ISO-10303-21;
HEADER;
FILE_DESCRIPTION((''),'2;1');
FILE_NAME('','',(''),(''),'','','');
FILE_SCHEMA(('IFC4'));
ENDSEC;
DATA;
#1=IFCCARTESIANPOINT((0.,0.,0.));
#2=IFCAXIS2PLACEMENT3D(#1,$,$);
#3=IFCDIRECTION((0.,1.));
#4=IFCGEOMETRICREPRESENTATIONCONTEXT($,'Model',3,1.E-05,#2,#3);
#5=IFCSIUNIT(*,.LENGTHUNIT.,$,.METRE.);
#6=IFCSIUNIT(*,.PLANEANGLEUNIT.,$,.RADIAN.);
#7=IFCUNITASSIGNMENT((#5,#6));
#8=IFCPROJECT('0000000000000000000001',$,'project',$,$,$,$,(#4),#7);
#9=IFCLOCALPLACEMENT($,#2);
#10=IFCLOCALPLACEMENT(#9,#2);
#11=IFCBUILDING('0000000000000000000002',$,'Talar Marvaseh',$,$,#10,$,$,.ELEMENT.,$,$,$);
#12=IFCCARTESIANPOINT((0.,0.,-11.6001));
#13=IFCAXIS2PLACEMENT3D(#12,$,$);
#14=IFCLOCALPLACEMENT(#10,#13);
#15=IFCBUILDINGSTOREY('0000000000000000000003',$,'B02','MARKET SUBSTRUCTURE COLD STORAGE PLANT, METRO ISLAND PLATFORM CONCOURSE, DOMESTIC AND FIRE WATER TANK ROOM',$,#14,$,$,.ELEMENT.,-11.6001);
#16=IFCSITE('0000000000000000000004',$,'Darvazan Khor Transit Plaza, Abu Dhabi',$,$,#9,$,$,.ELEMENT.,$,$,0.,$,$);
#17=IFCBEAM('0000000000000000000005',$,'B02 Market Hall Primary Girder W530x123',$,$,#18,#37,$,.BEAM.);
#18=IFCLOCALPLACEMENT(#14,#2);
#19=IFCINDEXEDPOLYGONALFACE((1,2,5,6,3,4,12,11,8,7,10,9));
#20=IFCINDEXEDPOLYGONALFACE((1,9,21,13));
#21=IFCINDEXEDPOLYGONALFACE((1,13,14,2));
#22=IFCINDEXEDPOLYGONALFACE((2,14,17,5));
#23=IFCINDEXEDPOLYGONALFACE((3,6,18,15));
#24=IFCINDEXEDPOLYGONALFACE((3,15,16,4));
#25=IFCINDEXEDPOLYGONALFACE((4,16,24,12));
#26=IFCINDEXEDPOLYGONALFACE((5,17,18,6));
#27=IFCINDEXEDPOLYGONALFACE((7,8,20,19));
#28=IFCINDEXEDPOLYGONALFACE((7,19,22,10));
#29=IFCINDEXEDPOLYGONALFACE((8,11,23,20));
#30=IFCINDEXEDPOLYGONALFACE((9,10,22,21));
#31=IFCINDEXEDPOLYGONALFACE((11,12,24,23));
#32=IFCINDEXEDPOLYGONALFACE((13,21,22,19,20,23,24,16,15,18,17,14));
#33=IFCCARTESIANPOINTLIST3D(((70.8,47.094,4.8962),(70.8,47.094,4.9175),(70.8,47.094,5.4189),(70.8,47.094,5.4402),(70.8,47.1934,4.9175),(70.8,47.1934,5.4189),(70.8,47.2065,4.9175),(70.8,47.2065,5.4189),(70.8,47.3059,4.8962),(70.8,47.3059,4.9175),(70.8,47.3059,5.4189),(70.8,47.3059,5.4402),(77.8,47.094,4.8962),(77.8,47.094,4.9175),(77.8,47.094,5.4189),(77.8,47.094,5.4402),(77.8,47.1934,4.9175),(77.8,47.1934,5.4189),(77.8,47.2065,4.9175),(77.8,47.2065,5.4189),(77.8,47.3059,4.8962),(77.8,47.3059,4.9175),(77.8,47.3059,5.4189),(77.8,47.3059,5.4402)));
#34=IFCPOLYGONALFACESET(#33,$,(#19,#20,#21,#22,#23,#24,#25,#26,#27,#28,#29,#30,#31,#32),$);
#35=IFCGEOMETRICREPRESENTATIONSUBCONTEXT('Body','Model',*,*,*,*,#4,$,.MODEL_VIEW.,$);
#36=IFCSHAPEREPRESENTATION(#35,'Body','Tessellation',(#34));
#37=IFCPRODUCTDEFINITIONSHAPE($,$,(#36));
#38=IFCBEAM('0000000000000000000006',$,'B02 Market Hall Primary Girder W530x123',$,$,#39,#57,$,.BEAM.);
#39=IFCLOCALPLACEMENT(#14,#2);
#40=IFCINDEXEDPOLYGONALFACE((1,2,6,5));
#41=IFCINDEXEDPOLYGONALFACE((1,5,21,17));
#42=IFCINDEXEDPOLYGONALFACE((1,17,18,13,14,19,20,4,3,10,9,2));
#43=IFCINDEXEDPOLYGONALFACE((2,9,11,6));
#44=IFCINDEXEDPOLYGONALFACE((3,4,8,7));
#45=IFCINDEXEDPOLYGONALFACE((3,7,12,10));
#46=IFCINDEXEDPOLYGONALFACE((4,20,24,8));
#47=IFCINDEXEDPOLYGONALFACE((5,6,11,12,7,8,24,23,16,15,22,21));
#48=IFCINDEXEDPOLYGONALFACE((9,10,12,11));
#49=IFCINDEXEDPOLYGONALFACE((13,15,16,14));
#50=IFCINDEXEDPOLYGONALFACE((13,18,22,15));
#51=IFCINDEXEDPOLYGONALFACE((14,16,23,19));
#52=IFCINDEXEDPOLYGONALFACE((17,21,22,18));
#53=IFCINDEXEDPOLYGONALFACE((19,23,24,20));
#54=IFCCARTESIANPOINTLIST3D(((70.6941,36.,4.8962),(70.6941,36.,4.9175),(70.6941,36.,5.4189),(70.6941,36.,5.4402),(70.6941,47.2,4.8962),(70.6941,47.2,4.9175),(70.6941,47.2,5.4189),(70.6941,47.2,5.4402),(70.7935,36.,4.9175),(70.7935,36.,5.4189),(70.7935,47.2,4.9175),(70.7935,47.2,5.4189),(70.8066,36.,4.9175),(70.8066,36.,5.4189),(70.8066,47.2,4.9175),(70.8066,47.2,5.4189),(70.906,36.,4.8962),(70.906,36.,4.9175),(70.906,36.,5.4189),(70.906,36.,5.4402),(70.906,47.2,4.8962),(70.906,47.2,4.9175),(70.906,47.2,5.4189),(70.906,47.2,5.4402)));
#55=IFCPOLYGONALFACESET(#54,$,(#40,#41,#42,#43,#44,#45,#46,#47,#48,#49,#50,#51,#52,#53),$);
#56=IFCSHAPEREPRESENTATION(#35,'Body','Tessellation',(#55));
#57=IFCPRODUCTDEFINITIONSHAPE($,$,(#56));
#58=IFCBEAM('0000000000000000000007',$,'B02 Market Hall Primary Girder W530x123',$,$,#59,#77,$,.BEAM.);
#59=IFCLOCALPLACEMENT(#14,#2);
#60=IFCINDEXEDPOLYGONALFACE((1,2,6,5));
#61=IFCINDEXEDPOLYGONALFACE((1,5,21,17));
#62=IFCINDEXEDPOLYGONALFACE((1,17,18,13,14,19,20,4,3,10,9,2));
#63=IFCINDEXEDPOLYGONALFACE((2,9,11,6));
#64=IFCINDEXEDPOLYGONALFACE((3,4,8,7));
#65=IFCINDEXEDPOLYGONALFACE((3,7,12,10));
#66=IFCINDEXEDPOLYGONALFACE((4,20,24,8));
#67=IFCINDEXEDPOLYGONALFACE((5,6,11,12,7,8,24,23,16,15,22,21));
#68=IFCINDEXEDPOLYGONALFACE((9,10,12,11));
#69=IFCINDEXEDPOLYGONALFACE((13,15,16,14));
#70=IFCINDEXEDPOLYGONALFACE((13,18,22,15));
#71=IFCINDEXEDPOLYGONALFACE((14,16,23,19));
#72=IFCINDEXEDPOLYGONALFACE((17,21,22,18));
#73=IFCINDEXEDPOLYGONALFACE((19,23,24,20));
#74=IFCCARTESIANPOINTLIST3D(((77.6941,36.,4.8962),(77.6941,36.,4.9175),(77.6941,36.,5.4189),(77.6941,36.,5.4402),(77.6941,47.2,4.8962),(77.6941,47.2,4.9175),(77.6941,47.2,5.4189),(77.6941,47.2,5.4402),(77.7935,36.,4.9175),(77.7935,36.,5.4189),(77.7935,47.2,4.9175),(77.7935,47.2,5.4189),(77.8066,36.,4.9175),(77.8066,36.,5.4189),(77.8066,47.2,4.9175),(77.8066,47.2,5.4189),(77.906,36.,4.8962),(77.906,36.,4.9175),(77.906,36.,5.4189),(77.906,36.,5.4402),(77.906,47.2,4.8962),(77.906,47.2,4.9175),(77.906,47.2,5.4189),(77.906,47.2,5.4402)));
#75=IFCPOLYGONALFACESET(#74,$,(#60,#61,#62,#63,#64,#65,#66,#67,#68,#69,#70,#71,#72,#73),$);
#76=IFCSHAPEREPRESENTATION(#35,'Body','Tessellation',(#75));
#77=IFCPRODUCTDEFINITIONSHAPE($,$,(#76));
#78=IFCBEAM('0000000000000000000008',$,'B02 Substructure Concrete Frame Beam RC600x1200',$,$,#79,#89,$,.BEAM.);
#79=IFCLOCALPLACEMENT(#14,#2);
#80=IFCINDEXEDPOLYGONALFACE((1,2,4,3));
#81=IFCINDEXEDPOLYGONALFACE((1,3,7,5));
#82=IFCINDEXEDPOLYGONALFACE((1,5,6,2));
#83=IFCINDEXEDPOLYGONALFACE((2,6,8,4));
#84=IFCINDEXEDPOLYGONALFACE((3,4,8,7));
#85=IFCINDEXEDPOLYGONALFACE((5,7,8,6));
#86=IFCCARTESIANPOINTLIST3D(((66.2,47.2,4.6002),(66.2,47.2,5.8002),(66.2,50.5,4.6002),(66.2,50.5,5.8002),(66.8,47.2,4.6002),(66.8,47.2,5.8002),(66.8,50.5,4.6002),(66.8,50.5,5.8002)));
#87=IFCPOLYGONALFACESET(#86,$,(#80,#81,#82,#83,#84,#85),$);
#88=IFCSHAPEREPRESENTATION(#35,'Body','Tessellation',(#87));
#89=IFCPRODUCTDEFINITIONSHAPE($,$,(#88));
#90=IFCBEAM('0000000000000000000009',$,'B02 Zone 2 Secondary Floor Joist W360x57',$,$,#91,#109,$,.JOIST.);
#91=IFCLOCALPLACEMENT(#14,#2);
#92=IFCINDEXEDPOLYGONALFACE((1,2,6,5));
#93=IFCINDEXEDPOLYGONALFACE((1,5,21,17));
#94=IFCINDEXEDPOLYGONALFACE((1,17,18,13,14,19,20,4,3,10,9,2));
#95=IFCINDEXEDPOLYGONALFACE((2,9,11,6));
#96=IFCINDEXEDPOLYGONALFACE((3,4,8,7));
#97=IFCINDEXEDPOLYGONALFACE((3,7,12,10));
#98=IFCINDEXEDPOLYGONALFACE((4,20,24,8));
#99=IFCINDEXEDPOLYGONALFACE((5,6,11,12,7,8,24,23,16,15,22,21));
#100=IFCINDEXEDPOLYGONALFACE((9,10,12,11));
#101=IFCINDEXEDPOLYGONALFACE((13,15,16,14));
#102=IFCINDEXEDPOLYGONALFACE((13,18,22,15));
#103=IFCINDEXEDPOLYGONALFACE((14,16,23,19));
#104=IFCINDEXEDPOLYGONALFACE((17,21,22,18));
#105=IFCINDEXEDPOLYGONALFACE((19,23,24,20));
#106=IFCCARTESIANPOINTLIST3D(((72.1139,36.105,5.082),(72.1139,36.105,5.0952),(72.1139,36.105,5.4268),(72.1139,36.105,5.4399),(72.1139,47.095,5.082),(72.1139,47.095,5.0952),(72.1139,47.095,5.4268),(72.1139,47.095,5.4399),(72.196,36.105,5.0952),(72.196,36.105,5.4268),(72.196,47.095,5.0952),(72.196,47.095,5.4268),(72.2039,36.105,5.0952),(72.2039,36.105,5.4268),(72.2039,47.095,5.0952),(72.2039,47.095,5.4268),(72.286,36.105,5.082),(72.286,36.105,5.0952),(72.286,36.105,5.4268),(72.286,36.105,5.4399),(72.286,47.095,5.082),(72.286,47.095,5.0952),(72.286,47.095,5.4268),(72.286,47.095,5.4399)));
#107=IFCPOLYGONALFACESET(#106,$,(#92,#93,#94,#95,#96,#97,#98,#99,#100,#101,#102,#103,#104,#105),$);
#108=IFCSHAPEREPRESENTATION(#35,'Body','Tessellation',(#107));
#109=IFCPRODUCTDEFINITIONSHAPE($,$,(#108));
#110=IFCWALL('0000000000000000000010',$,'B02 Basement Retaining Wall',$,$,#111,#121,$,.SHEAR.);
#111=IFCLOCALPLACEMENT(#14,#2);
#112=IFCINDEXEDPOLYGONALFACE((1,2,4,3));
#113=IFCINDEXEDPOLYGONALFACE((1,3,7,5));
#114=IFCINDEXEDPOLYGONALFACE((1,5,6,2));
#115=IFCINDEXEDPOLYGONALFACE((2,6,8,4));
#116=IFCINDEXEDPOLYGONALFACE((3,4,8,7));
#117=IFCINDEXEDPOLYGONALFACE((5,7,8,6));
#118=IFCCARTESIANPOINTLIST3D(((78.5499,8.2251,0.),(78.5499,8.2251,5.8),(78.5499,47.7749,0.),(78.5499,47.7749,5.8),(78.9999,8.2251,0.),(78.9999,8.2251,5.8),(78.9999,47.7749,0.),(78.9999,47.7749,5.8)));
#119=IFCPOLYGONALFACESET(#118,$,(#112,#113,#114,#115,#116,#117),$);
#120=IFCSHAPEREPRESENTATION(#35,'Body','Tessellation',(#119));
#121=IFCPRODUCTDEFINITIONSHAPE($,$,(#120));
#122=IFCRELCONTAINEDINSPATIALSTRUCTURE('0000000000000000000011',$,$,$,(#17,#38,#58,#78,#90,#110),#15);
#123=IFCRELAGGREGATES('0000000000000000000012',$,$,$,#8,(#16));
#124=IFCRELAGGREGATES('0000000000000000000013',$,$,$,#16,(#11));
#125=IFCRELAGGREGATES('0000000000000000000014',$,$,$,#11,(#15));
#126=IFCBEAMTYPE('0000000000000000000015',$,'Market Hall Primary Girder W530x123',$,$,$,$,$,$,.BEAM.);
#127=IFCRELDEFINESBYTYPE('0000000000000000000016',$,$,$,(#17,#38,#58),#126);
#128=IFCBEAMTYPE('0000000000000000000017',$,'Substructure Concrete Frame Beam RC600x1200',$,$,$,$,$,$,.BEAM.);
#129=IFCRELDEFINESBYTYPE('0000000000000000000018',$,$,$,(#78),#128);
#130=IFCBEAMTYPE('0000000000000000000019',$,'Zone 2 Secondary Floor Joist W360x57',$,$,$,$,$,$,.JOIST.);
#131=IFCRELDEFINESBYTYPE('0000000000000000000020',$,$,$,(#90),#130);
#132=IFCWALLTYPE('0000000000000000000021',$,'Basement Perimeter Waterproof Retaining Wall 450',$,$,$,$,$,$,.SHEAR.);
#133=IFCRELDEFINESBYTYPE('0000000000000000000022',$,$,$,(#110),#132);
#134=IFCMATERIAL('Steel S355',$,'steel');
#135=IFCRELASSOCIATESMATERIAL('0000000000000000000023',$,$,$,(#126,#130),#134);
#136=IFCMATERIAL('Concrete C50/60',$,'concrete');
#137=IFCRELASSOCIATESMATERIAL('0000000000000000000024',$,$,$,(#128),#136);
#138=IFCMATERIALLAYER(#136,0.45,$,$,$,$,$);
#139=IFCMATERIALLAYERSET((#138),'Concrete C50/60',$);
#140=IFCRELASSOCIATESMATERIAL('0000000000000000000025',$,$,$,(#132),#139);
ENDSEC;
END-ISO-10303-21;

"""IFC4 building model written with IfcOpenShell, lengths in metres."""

from ifc_helpers import new_model, si_unit, direction, frame, frame_2d, origin, origin_2d, place, context, subcontext, project, spatial, rectangle, i_section, extrude, material, layer, layer_set, material_profile, profile_set, type_object, element, save


model = new_model("IFC4")

# Units and contexts
model_context = context("Model", 3, precision=1e-05, world=origin(), true_north=direction((0.0, 1.0)))
body_context = subcontext(model_context, "Body", "Model", "MODEL_VIEW")
ifc_project = project(units=[si_unit("LENGTHUNIT", "METRE"), si_unit("PLANEANGLEUNIT", "RADIAN")], contexts=[model_context])

# Site, building, storey
site_placement = place(None, origin())
site = spatial("IfcSite", under=ifc_project, at=site_placement, Name="Darvazan Khor Transit Plaza, Abu Dhabi", CompositionType="ELEMENT", RefElevation=0.0)
building_placement = place(site_placement, origin())
building = spatial("IfcBuilding", under=site, at=building_placement, Name="Talar Marvaseh", CompositionType="ELEMENT")
storey_placement = place(building_placement, frame((0.0, 0.0, -11.6001)))
storey = spatial("IfcBuildingStorey", under=building, at=storey_placement, Name="B02", Description="MARKET SUBSTRUCTURE COLD STORAGE PLANT, METRO ISLAND PLATFORM CONCOURSE, DOMESTIC AND FIRE WATER TANK ROOM", CompositionType="ELEMENT", Elevation=-11.6001)

# Shared definitions
ifc_material_1 = material(Name="Concrete C50/60", Category="concrete")

# Beams
ifc_material_2 = material(Name="Steel S355", Category="steel")
ifc_material_profile_1 = material_profile(ifc_material_2, i_section(OverallWidth=0.2119, OverallDepth=0.5439, WebThickness=0.0132, FlangeThickness=0.0212, at=origin_2d()), Name="W530x123")
ifc_profile_set_1 = profile_set([ifc_material_profile_1], Name="Steel S355")
beam_type_1 = type_object("IfcBeamType", Name="Market Hall Primary Girder W530x123", PredefinedType="BEAM", material=ifc_profile_set_1)
beam_1_placement = place(storey_placement, frame((70.8, 47.2, 5.1682), z_axis=(1.0, 0.0, 0.0), x_axis=(0.0, 1.0, 0.0)))
element("IfcBeam", 1, at=beam_1_placement, inside=storey, type_object=beam_type_1, Name="B02 Market Hall Primary Girder W530x123", PredefinedType="BEAM", context=body_context, shape_type="SweptSolid", body=[
    extrude(i_section(OverallWidth=0.2119, OverallDepth=0.5439, WebThickness=0.0132, FlangeThickness=0.0212, at=origin_2d()), origin(), (0.0, 0.0, 1.0), 7.0),
])
for number, where, z_axis, x_axis, name in (
    (2, (70.8, 36.0, 5.1682), (0.0, 1.0, 0.0), (-1.0, 0.0, 0.0), "B02 Market Hall Primary Girder W530x123"),
    (3, (77.8, 36.0, 5.1682), (0.0, 1.0, 0.0), (-1.0, 0.0, 0.0), "B02 Market Hall Primary Girder W530x123"),
):
    element("IfcBeam", number, at=place(storey_placement, frame(where, z_axis=z_axis, x_axis=x_axis)), inside=storey, type_object=beam_type_1, Name=name, PredefinedType="BEAM", context=body_context, shape_type="SweptSolid", body=[
        extrude(i_section(OverallWidth=0.2119, OverallDepth=0.5439, WebThickness=0.0132, FlangeThickness=0.0212, at=origin_2d()), origin(), (0.0, 0.0, 1.0), 11.2),
    ])
ifc_material_profile_2 = material_profile(ifc_material_1, rectangle(XDim=0.6001, YDim=1.2, at=origin_2d()), Name="RC600x1200")
ifc_profile_set_2 = profile_set([ifc_material_profile_2], Name="Concrete C50/60")
beam_type_2 = type_object("IfcBeamType", Name="Substructure Concrete Frame Beam RC600x1200", PredefinedType="BEAM", material=ifc_profile_set_2)
beam_2_placement = place(storey_placement, frame((66.5, 50.5, 5.2002), z_axis=(0.0, -1.0, 0.0), x_axis=(1.0, 0.0, 0.0)))
element("IfcBeam", 4, at=beam_2_placement, inside=storey, type_object=beam_type_2, Name="B02 Substructure Concrete Frame Beam RC600x1200", PredefinedType="BEAM", context=body_context, shape_type="SweptSolid", body=[
    extrude(rectangle(XDim=0.6001, YDim=1.2, at=origin_2d()), origin(), (0.0, 0.0, 1.0), 3.3),
])
ifc_material_profile_3 = material_profile(ifc_material_2, i_section(OverallWidth=0.1721, OverallDepth=0.3579, WebThickness=0.0078, FlangeThickness=0.0132, at=origin_2d()), Name="W360x57")
ifc_profile_set_3 = profile_set([ifc_material_profile_3], Name="Steel S355")
beam_type_3 = type_object("IfcBeamType", Name="Zone 2 Secondary Floor Joist W360x57", PredefinedType="JOIST", material=ifc_profile_set_3)
beam_3_placement = place(storey_placement, frame((72.2, 36.105, 5.261), z_axis=(0.0, 1.0, 0.0), x_axis=(-1.0, 0.0, 0.0)))
element("IfcBeam", 5, at=beam_3_placement, inside=storey, type_object=beam_type_3, Name="B02 Zone 2 Secondary Floor Joist W360x57", PredefinedType="JOIST", context=body_context, shape_type="SweptSolid", body=[
    extrude(i_section(OverallWidth=0.1721, OverallDepth=0.3579, WebThickness=0.0078, FlangeThickness=0.0132, at=origin_2d()), origin(), (0.0, 0.0, 1.0), 10.99),
])

# Wall
ifc_layer = layer(ifc_material_1, 0.45)
ifc_layer_set = layer_set([ifc_layer], Name="Concrete C50/60")
wall_type = type_object("IfcWallType", Name="Basement Perimeter Waterproof Retaining Wall 450", PredefinedType="SHEAR", material=ifc_layer_set)
wall_placement = place(storey_placement, frame((78.7749, 47.7749, 0.0), z_axis=(0.0, 0.0, 1.0), x_axis=(0.0, -1.0, 0.0)))
element("IfcWall", 6, at=wall_placement, inside=storey, type_object=wall_type, Name="B02 Basement Retaining Wall", PredefinedType="SHEAR", context=body_context, shape_type="SweptSolid", body=[
    extrude(rectangle(XDim=39.5498, YDim=0.45, at=frame_2d((19.7749, 0.0))), origin(), (0.0, 0.0, 1.0), 5.8),
])

save(model, "model.ifc")
